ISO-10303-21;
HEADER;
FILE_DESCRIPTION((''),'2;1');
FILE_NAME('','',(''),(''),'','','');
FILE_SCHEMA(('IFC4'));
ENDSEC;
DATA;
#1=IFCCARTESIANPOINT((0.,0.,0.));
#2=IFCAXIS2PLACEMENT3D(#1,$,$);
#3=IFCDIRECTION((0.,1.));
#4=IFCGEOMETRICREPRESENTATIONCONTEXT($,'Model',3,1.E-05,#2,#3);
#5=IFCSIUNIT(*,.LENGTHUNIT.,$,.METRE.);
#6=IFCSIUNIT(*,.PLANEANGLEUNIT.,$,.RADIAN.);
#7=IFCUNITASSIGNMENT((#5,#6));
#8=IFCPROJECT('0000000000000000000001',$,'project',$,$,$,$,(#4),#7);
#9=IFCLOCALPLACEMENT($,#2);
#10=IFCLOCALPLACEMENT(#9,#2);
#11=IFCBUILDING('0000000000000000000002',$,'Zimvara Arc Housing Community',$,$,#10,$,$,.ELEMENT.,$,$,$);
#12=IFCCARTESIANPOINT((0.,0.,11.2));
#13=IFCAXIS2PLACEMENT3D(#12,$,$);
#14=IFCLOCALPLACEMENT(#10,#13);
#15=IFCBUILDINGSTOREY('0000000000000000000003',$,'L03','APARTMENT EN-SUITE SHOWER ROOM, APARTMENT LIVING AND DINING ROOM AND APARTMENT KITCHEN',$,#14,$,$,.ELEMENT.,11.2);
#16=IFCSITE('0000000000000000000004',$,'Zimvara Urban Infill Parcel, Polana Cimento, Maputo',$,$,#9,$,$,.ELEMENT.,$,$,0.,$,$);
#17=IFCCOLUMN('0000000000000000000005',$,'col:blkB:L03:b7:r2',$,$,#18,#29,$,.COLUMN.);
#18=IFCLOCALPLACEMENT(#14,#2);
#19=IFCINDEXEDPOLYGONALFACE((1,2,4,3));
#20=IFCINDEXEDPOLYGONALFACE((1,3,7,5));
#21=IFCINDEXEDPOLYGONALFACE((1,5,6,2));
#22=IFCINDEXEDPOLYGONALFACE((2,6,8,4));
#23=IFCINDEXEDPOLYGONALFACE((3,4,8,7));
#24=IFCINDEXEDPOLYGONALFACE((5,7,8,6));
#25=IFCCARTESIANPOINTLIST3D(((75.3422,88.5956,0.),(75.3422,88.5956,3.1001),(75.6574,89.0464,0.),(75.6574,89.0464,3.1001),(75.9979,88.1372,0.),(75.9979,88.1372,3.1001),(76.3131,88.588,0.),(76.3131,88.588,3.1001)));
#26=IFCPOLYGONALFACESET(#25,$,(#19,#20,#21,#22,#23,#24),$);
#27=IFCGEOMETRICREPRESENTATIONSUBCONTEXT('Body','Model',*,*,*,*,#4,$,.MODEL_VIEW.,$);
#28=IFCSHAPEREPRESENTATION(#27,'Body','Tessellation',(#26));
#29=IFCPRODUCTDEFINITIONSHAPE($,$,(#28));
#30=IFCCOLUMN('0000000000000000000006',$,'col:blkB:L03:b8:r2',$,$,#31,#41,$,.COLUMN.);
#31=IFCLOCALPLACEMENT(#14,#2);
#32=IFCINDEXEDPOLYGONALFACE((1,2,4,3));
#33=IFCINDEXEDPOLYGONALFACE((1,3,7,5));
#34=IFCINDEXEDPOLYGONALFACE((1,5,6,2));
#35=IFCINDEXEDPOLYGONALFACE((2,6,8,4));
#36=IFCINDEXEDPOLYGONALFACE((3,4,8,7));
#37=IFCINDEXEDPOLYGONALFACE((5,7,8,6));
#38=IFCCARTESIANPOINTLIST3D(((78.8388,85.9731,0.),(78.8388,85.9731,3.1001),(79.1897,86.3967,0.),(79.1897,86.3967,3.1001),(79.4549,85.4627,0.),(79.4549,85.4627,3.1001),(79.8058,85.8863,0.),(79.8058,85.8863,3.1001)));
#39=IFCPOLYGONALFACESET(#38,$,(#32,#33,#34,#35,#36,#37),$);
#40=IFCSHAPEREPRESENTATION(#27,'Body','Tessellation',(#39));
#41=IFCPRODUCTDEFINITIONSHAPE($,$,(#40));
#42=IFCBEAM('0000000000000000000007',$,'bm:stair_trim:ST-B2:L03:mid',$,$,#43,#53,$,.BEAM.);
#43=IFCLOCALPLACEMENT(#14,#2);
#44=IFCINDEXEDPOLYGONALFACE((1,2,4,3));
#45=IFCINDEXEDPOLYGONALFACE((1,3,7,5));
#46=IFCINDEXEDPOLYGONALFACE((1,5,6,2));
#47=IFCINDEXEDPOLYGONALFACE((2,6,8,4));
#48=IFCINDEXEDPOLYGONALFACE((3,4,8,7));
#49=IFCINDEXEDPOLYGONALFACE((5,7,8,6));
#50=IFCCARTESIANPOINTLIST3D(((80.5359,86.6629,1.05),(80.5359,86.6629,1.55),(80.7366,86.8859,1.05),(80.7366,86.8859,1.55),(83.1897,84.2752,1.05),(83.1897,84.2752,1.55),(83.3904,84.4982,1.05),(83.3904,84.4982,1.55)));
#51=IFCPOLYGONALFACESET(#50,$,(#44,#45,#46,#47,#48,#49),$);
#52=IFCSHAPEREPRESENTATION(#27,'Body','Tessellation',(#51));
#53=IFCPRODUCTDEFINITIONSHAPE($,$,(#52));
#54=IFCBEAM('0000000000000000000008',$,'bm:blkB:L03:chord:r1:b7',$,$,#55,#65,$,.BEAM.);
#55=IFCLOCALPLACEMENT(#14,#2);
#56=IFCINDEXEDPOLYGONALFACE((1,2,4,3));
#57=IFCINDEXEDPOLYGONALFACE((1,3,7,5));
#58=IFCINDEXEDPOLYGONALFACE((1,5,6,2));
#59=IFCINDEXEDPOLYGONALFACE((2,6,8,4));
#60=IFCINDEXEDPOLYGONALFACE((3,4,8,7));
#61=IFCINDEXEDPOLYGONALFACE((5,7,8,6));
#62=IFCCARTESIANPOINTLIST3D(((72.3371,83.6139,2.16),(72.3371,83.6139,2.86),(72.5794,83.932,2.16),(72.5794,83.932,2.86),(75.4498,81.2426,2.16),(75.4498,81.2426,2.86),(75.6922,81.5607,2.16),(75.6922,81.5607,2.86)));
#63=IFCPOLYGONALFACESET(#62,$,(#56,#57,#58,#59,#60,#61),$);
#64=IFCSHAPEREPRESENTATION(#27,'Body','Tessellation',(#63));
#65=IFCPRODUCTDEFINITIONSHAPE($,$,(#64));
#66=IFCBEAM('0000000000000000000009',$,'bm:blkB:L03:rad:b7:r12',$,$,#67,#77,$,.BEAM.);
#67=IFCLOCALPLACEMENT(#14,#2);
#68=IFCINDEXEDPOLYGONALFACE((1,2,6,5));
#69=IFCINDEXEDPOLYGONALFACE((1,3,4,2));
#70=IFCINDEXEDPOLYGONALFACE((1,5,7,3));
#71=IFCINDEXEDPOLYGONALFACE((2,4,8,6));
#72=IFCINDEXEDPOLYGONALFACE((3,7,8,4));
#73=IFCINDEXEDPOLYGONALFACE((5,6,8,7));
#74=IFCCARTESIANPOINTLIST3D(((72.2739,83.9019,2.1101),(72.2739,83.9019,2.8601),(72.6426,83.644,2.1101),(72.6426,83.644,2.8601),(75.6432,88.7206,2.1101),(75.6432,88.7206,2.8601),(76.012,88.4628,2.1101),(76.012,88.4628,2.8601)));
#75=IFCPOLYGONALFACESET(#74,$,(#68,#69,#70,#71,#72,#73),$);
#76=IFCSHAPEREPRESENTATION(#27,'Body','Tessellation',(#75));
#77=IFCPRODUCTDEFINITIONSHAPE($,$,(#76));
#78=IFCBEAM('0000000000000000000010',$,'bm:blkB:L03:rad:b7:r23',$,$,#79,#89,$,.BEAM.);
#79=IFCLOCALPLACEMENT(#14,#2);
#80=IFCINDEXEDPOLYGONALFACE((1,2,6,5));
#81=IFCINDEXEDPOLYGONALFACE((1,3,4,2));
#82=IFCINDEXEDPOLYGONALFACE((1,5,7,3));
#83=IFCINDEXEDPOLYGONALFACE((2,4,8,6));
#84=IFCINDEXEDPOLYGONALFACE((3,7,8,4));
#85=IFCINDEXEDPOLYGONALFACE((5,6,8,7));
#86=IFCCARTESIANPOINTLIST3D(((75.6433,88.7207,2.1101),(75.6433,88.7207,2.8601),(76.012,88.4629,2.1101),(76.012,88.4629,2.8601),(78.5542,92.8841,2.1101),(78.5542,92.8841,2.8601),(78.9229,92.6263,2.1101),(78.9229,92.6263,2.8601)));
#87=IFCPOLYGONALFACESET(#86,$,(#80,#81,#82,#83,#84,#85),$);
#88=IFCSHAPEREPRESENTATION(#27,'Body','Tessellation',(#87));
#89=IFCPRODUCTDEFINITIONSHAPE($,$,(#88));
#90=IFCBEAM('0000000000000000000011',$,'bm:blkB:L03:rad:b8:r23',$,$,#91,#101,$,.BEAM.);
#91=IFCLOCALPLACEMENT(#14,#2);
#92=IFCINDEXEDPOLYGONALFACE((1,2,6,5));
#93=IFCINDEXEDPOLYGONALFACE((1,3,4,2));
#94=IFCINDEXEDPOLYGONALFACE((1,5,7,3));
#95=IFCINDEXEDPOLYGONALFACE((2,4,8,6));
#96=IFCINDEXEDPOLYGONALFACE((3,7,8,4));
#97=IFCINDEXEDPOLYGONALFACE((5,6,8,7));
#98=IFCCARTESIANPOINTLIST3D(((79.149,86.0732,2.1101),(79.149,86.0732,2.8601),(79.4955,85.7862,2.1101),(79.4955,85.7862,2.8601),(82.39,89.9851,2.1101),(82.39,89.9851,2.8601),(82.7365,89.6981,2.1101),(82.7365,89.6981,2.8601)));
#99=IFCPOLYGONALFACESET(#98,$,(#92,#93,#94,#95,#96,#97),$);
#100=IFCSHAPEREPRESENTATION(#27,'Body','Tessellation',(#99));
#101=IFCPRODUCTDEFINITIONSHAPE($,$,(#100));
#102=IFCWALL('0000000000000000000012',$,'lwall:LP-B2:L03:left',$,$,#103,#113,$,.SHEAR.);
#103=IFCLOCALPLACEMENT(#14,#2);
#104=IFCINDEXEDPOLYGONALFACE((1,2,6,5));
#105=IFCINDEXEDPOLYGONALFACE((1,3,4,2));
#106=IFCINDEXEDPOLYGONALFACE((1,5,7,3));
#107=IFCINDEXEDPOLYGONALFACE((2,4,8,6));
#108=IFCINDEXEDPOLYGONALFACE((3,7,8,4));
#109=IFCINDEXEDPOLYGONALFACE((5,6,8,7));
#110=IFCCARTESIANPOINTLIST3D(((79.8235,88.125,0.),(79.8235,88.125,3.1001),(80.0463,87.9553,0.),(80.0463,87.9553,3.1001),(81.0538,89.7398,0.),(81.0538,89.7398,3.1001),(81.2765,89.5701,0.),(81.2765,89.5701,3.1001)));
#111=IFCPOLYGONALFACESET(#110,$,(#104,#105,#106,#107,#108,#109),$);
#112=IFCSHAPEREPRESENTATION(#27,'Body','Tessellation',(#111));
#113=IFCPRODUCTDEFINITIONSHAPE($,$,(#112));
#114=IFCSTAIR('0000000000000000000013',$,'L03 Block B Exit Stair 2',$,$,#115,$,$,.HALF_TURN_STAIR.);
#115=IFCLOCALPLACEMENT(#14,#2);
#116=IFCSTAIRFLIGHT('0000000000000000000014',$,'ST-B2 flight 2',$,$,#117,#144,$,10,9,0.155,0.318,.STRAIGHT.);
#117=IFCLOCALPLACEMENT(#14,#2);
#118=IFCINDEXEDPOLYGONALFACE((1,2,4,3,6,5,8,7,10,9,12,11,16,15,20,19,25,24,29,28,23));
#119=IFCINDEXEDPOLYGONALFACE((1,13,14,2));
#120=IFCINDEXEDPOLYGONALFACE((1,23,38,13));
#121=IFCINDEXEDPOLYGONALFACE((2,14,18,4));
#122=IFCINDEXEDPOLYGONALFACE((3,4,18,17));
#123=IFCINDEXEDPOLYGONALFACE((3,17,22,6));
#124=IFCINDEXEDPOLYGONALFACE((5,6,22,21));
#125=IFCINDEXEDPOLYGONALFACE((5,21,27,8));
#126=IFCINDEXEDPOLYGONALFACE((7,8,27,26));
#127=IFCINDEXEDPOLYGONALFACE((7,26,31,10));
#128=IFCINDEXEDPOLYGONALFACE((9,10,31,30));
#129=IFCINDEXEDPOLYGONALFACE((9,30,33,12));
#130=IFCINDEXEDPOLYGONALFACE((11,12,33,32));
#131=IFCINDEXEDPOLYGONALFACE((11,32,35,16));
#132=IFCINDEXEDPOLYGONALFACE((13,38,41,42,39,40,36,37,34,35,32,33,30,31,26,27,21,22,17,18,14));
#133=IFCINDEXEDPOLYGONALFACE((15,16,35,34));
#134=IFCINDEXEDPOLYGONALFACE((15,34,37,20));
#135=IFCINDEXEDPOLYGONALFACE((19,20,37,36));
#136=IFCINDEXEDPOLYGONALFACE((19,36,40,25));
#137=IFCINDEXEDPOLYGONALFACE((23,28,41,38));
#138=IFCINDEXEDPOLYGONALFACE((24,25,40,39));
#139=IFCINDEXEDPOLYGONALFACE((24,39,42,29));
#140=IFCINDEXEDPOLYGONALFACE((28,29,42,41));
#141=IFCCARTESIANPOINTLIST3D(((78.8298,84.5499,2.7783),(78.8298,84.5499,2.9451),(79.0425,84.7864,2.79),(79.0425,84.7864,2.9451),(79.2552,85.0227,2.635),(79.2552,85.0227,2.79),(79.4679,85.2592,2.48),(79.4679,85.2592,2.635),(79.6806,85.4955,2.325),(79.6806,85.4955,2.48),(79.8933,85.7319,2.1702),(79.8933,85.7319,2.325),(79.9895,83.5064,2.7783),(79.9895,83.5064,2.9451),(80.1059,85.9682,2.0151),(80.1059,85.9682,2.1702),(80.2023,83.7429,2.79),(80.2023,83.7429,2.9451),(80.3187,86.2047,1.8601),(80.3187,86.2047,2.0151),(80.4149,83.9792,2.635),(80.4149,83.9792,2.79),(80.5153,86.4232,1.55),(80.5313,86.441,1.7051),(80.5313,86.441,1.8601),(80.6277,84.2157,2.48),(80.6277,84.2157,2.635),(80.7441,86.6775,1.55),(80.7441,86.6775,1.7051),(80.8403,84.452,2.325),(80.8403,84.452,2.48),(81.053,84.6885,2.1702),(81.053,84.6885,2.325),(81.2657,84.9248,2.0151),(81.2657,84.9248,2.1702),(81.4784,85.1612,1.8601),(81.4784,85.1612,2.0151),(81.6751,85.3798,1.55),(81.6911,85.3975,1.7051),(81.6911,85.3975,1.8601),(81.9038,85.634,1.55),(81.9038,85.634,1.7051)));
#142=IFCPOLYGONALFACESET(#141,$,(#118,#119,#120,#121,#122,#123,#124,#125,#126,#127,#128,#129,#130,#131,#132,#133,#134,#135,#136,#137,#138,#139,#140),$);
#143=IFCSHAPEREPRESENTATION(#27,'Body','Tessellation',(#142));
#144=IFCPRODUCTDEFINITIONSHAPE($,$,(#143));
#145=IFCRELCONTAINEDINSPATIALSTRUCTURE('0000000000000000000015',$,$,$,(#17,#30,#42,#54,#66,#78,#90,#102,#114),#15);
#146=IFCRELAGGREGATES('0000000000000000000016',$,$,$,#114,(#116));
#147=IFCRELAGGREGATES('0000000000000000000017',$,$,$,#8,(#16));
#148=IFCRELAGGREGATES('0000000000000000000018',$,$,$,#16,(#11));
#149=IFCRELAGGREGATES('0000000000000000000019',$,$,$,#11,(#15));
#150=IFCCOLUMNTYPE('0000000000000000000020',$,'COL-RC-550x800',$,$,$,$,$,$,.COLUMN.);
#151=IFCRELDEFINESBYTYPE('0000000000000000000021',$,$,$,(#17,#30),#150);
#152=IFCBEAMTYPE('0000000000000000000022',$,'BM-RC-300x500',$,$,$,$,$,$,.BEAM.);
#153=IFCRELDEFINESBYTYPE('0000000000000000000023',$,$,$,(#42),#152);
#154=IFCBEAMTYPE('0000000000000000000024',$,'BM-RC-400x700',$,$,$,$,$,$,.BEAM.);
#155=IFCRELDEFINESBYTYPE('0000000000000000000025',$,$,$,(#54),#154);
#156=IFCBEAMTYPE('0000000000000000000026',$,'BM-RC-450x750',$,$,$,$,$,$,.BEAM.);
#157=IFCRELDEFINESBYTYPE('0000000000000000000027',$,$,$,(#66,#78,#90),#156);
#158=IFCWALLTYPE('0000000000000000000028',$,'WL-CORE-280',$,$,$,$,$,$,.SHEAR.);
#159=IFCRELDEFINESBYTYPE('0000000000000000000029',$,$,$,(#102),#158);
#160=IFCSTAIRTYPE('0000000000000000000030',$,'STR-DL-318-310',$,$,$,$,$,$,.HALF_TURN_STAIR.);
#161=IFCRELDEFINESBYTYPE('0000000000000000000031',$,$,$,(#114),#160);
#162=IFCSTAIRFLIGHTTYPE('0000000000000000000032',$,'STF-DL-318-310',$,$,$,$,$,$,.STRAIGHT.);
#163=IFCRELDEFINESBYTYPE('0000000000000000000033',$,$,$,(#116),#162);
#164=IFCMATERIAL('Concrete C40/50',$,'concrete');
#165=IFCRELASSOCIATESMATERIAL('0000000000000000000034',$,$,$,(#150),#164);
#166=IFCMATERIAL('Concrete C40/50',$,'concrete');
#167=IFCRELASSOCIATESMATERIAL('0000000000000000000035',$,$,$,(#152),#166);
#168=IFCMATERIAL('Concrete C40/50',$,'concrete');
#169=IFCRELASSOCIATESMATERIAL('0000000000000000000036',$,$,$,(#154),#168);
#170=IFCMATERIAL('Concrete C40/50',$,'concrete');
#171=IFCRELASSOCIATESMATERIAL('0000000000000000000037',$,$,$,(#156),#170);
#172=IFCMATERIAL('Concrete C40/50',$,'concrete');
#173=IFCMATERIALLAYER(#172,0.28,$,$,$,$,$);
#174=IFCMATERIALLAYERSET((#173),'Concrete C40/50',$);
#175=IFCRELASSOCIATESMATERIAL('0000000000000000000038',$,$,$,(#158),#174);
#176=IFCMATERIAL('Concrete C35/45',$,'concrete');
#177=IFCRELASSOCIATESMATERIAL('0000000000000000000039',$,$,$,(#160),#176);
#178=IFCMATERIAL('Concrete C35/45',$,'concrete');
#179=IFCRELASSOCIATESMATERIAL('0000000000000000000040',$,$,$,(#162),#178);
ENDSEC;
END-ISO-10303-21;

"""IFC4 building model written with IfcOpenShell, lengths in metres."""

from ifc_helpers import new_model, si_unit, direction, frame, frame_2d, origin, origin_2d, place, context, subcontext, project, spatial, polyline, rectangle, outline, extrude, material, layer, layer_set, material_profile, profile_set, type_object, element, aggregate, save


model = new_model("IFC4")

# Units and contexts
model_context = context("Model", 3, precision=1e-05, world=origin(), true_north=direction((0.0, 1.0)))
body_context = subcontext(model_context, "Body", "Model", "MODEL_VIEW")
ifc_project = project(units=[si_unit("LENGTHUNIT", "METRE"), si_unit("PLANEANGLEUNIT", "RADIAN")], contexts=[model_context])

# Site, building, storey
site_placement = place(None, origin())
site = spatial("IfcSite", under=ifc_project, at=site_placement, Name="Zimvara Urban Infill Parcel, Polana Cimento, Maputo", CompositionType="ELEMENT", RefElevation=0.0)
building_placement = place(site_placement, origin())
building = spatial("IfcBuilding", under=site, at=building_placement, Name="Zimvara Arc Housing Community", CompositionType="ELEMENT")
storey_placement = place(building_placement, frame((0.0, 0.0, 11.2)))
storey = spatial("IfcBuildingStorey", under=building, at=storey_placement, Name="L03", Description="APARTMENT EN-SUITE SHOWER ROOM, APARTMENT LIVING AND DINING ROOM AND APARTMENT KITCHEN", CompositionType="ELEMENT", Elevation=11.2)

# Columns
ifc_material_1 = material(Name="Concrete C40/50", Category="concrete")
ifc_material_profile_1 = material_profile(ifc_material_1, rectangle(XDim=0.55, YDim=0.8, at=origin_2d()), Name="RC 550x800")
ifc_profile_set_1 = profile_set([ifc_material_profile_1], Name="Concrete C40/50")
column_type = type_object("IfcColumnType", Name="COL-RC-550x800", PredefinedType="COLUMN", material=ifc_profile_set_1)
for number, where, z_axis, x_axis, name in (
    (1, (75.8276, 88.5918, 0.0), (0.0, 0.0, 1.0), (0.573004, 0.819552, 0.0), "col:blkB:L03:b7:r2"),
    (2, (79.3223, 85.9297, 0.0), (0.0, 0.0, 1.0), (0.637962, 0.770068, 0.0), "col:blkB:L03:b8:r2"),
):
    element("IfcColumn", number, at=place(storey_placement, frame(where, z_axis=z_axis, x_axis=x_axis)), inside=storey, type_object=column_type, Name=name, PredefinedType="COLUMN", context=body_context, shape_type="SweptSolid", body=[
        extrude(rectangle(XDim=0.55, YDim=0.8, at=origin_2d()), origin(), (0.0, 0.0, 1.0), 3.1001),
    ])

# Beams
ifc_material_2 = material(Name="Concrete C40/50", Category="concrete")
ifc_material_profile_2 = material_profile(ifc_material_2, rectangle(XDim=0.3, YDim=0.5, at=origin_2d()), Name="RC 300x500")
ifc_profile_set_2 = profile_set([ifc_material_profile_2], Name="Concrete C40/50")
beam_type_1 = type_object("IfcBeamType", Name="BM-RC-300x500", PredefinedType="BEAM", material=ifc_profile_set_2)
beam_1_placement = place(storey_placement, frame((83.29, 84.3867, 1.3), z_axis=(-0.743396, 0.668851, 0.0), x_axis=(-0.668851, -0.743396, 0.0)))
element("IfcBeam", 3, at=beam_1_placement, inside=storey, type_object=beam_type_1, Name="bm:stair_trim:ST-B2:L03:mid", PredefinedType="BEAM", context=body_context, shape_type="SweptSolid", body=[
    extrude(rectangle(XDim=0.3, YDim=0.5, at=origin_2d()), origin(), (0.0, 0.0, 1.0), 3.5698),
])
ifc_material_3 = material(Name="Concrete C40/50", Category="concrete")
ifc_material_profile_3 = material_profile(ifc_material_3, rectangle(XDim=0.3999, YDim=0.7, at=origin_2d()), Name="RC 400x700")
ifc_profile_set_3 = profile_set([ifc_material_profile_3], Name="Concrete C40/50")
beam_type_2 = type_object("IfcBeamType", Name="BM-RC-400x700", PredefinedType="BEAM", material=ifc_profile_set_3)
beam_2_placement = place(storey_placement, frame((72.4583, 83.7729, 2.51), z_axis=(0.79547, -0.605992, 0.0), x_axis=(0.605992, 0.79547, 0.0)))
element("IfcBeam", 4, at=beam_2_placement, inside=storey, type_object=beam_type_2, Name="bm:blkB:L03:chord:r1:b7", PredefinedType="BEAM", context=body_context, shape_type="SweptSolid", body=[
    extrude(rectangle(XDim=0.3999, YDim=0.7, at=origin_2d()), origin(), (0.0, 0.0, 1.0), 3.9131),
])
ifc_material_4 = material(Name="Concrete C40/50", Category="concrete")
ifc_material_profile_4 = material_profile(ifc_material_4, rectangle(XDim=0.45, YDim=0.75, at=origin_2d()), Name="RC 450x750")
ifc_profile_set_4 = profile_set([ifc_material_profile_4], Name="Concrete C40/50")
beam_type_3 = type_object("IfcBeamType", Name="BM-RC-450x750", PredefinedType="BEAM", material=ifc_profile_set_4)
beam_3_placement = place(storey_placement, frame((72.4583, 83.7729, 2.4851), z_axis=(0.573028, 0.819536, 0.0), x_axis=(-0.819536, 0.573028, 0.0)))
element("IfcBeam", 5, at=beam_3_placement, inside=storey, type_object=beam_type_3, Name="bm:blkB:L03:rad:b7:r12", PredefinedType="BEAM", context=body_context, shape_type="SweptSolid", body=[
    extrude(rectangle(XDim=0.45, YDim=0.75, at=origin_2d()), origin(), (0.0, 0.0, 1.0), 5.8799),
])
for number, where, z_axis, x_axis, name in (
    (6, (75.8276, 88.5918, 2.4851), (0.573007, 0.81955, 0.0), (-0.81955, 0.573007, 0.0), "bm:blkB:L03:rad:b7:r23"),
    (7, (79.3223, 85.9297, 2.4851), (0.637984, 0.77005, 0.0), (-0.77005, 0.637984, 0.0), "bm:blkB:L03:rad:b8:r23"),
):
    element("IfcBeam", number, at=place(storey_placement, frame(where, z_axis=z_axis, x_axis=x_axis)), inside=storey, type_object=beam_type_3, Name=name, PredefinedType="BEAM", context=body_context, shape_type="SweptSolid", body=[
        extrude(rectangle(XDim=0.45, YDim=0.75, at=origin_2d()), origin(), (0.0, 0.0, 1.0), 5.0801),
    ])

# Shared definitions
ifc_material_5 = material(Name="Concrete C40/50", Category="concrete")
ifc_layer_1 = layer(ifc_material_5, 0.28)
ifc_layer_set_1 = layer_set([ifc_layer_1], Name="Concrete C40/50")
wall_type_1 = type_object("IfcWallType", Name="WL-CORE-280", PredefinedType="SHEAR", material=ifc_layer_set_1)

# Wall
wall_1_placement = place(storey_placement, frame((79.9348, 88.04, 0.0), z_axis=(0.0, 0.0, 1.0), x_axis=(0.606025, 0.795446, 0.0)))
element("IfcWall", 8, at=wall_1_placement, inside=storey, type_object=wall_type_1, Name="lwall:LP-B2:L03:left", PredefinedType="SHEAR", context=body_context, shape_type="SweptSolid", body=[
    extrude(rectangle(XDim=2.03, YDim=0.28, at=frame_2d((1.0151, 0.0))), origin(), (0.0, 0.0, 1.0), 3.1001),
])

# Stair, stair flight
ifc_material_6 = material(Name="Concrete C35/45", Category="concrete")
stair_type = type_object("IfcStairType", Name="STR-DL-318-310", PredefinedType="HALF_TURN_STAIR", material=ifc_material_6)
stair_placement = place(storey_placement, origin())
stair = element("IfcStair", 9, at=stair_placement, inside=storey, type_object=stair_type, Name="L03 Block B Exit Stair 2", PredefinedType="HALF_TURN_STAIR")
ifc_material_7 = material(Name="Concrete C35/45", Category="concrete")
stair_flight_type = type_object("IfcStairFlightType", Name="STF-DL-318-310", PredefinedType="STRAIGHT", material=ifc_material_7)
stair_flight_placement = place(storey_placement, frame((81.324, 86.1558, 1.55), z_axis=(0.0, 0.0, 1.0), x_axis=(-0.668871, -0.743378, 0.0)))
stair_flight = element("IfcStairFlight", 10, at=stair_flight_placement, type_object=stair_flight_type, Name="ST-B2 flight 2", NumberOfRisers=10, NumberOfTreads=9, PredefinedType="STRAIGHT", RiserHeight=0.155, TreadLength=0.318, context=body_context, shape_type="SweptSolid", body=[
    extrude(outline(polyline([(0.0, 0.0), (0.0, 0.155), (0.3181, 0.155), (0.3181, 0.3101), (0.636, 0.3101), (0.636, 0.4651), (0.9541, 0.4651), (0.9541, 0.6201), (1.272, 0.6201), (1.272, 0.7749), (1.5901, 0.7749), (1.5901, 0.9299), (1.908, 0.9299), (1.908, 1.085), (2.2261, 1.085), (2.2261, 1.24), (2.5439, 1.24), (2.5439, 1.395), (2.8621, 1.395), (2.8621, 1.55), (2.8621, 1.2283), (0.342, 0.0), (0.0, 0.0)])), frame((0.0, 0.78, 0.0), z_axis=(0.0, -1.0, 0.0), x_axis=(1.0, 0.0, 0.0)), (0.0, 0.0, 1.0), 1.5601),
])
aggregate(stair, [stair_flight])

save(model, "model.ifc")
